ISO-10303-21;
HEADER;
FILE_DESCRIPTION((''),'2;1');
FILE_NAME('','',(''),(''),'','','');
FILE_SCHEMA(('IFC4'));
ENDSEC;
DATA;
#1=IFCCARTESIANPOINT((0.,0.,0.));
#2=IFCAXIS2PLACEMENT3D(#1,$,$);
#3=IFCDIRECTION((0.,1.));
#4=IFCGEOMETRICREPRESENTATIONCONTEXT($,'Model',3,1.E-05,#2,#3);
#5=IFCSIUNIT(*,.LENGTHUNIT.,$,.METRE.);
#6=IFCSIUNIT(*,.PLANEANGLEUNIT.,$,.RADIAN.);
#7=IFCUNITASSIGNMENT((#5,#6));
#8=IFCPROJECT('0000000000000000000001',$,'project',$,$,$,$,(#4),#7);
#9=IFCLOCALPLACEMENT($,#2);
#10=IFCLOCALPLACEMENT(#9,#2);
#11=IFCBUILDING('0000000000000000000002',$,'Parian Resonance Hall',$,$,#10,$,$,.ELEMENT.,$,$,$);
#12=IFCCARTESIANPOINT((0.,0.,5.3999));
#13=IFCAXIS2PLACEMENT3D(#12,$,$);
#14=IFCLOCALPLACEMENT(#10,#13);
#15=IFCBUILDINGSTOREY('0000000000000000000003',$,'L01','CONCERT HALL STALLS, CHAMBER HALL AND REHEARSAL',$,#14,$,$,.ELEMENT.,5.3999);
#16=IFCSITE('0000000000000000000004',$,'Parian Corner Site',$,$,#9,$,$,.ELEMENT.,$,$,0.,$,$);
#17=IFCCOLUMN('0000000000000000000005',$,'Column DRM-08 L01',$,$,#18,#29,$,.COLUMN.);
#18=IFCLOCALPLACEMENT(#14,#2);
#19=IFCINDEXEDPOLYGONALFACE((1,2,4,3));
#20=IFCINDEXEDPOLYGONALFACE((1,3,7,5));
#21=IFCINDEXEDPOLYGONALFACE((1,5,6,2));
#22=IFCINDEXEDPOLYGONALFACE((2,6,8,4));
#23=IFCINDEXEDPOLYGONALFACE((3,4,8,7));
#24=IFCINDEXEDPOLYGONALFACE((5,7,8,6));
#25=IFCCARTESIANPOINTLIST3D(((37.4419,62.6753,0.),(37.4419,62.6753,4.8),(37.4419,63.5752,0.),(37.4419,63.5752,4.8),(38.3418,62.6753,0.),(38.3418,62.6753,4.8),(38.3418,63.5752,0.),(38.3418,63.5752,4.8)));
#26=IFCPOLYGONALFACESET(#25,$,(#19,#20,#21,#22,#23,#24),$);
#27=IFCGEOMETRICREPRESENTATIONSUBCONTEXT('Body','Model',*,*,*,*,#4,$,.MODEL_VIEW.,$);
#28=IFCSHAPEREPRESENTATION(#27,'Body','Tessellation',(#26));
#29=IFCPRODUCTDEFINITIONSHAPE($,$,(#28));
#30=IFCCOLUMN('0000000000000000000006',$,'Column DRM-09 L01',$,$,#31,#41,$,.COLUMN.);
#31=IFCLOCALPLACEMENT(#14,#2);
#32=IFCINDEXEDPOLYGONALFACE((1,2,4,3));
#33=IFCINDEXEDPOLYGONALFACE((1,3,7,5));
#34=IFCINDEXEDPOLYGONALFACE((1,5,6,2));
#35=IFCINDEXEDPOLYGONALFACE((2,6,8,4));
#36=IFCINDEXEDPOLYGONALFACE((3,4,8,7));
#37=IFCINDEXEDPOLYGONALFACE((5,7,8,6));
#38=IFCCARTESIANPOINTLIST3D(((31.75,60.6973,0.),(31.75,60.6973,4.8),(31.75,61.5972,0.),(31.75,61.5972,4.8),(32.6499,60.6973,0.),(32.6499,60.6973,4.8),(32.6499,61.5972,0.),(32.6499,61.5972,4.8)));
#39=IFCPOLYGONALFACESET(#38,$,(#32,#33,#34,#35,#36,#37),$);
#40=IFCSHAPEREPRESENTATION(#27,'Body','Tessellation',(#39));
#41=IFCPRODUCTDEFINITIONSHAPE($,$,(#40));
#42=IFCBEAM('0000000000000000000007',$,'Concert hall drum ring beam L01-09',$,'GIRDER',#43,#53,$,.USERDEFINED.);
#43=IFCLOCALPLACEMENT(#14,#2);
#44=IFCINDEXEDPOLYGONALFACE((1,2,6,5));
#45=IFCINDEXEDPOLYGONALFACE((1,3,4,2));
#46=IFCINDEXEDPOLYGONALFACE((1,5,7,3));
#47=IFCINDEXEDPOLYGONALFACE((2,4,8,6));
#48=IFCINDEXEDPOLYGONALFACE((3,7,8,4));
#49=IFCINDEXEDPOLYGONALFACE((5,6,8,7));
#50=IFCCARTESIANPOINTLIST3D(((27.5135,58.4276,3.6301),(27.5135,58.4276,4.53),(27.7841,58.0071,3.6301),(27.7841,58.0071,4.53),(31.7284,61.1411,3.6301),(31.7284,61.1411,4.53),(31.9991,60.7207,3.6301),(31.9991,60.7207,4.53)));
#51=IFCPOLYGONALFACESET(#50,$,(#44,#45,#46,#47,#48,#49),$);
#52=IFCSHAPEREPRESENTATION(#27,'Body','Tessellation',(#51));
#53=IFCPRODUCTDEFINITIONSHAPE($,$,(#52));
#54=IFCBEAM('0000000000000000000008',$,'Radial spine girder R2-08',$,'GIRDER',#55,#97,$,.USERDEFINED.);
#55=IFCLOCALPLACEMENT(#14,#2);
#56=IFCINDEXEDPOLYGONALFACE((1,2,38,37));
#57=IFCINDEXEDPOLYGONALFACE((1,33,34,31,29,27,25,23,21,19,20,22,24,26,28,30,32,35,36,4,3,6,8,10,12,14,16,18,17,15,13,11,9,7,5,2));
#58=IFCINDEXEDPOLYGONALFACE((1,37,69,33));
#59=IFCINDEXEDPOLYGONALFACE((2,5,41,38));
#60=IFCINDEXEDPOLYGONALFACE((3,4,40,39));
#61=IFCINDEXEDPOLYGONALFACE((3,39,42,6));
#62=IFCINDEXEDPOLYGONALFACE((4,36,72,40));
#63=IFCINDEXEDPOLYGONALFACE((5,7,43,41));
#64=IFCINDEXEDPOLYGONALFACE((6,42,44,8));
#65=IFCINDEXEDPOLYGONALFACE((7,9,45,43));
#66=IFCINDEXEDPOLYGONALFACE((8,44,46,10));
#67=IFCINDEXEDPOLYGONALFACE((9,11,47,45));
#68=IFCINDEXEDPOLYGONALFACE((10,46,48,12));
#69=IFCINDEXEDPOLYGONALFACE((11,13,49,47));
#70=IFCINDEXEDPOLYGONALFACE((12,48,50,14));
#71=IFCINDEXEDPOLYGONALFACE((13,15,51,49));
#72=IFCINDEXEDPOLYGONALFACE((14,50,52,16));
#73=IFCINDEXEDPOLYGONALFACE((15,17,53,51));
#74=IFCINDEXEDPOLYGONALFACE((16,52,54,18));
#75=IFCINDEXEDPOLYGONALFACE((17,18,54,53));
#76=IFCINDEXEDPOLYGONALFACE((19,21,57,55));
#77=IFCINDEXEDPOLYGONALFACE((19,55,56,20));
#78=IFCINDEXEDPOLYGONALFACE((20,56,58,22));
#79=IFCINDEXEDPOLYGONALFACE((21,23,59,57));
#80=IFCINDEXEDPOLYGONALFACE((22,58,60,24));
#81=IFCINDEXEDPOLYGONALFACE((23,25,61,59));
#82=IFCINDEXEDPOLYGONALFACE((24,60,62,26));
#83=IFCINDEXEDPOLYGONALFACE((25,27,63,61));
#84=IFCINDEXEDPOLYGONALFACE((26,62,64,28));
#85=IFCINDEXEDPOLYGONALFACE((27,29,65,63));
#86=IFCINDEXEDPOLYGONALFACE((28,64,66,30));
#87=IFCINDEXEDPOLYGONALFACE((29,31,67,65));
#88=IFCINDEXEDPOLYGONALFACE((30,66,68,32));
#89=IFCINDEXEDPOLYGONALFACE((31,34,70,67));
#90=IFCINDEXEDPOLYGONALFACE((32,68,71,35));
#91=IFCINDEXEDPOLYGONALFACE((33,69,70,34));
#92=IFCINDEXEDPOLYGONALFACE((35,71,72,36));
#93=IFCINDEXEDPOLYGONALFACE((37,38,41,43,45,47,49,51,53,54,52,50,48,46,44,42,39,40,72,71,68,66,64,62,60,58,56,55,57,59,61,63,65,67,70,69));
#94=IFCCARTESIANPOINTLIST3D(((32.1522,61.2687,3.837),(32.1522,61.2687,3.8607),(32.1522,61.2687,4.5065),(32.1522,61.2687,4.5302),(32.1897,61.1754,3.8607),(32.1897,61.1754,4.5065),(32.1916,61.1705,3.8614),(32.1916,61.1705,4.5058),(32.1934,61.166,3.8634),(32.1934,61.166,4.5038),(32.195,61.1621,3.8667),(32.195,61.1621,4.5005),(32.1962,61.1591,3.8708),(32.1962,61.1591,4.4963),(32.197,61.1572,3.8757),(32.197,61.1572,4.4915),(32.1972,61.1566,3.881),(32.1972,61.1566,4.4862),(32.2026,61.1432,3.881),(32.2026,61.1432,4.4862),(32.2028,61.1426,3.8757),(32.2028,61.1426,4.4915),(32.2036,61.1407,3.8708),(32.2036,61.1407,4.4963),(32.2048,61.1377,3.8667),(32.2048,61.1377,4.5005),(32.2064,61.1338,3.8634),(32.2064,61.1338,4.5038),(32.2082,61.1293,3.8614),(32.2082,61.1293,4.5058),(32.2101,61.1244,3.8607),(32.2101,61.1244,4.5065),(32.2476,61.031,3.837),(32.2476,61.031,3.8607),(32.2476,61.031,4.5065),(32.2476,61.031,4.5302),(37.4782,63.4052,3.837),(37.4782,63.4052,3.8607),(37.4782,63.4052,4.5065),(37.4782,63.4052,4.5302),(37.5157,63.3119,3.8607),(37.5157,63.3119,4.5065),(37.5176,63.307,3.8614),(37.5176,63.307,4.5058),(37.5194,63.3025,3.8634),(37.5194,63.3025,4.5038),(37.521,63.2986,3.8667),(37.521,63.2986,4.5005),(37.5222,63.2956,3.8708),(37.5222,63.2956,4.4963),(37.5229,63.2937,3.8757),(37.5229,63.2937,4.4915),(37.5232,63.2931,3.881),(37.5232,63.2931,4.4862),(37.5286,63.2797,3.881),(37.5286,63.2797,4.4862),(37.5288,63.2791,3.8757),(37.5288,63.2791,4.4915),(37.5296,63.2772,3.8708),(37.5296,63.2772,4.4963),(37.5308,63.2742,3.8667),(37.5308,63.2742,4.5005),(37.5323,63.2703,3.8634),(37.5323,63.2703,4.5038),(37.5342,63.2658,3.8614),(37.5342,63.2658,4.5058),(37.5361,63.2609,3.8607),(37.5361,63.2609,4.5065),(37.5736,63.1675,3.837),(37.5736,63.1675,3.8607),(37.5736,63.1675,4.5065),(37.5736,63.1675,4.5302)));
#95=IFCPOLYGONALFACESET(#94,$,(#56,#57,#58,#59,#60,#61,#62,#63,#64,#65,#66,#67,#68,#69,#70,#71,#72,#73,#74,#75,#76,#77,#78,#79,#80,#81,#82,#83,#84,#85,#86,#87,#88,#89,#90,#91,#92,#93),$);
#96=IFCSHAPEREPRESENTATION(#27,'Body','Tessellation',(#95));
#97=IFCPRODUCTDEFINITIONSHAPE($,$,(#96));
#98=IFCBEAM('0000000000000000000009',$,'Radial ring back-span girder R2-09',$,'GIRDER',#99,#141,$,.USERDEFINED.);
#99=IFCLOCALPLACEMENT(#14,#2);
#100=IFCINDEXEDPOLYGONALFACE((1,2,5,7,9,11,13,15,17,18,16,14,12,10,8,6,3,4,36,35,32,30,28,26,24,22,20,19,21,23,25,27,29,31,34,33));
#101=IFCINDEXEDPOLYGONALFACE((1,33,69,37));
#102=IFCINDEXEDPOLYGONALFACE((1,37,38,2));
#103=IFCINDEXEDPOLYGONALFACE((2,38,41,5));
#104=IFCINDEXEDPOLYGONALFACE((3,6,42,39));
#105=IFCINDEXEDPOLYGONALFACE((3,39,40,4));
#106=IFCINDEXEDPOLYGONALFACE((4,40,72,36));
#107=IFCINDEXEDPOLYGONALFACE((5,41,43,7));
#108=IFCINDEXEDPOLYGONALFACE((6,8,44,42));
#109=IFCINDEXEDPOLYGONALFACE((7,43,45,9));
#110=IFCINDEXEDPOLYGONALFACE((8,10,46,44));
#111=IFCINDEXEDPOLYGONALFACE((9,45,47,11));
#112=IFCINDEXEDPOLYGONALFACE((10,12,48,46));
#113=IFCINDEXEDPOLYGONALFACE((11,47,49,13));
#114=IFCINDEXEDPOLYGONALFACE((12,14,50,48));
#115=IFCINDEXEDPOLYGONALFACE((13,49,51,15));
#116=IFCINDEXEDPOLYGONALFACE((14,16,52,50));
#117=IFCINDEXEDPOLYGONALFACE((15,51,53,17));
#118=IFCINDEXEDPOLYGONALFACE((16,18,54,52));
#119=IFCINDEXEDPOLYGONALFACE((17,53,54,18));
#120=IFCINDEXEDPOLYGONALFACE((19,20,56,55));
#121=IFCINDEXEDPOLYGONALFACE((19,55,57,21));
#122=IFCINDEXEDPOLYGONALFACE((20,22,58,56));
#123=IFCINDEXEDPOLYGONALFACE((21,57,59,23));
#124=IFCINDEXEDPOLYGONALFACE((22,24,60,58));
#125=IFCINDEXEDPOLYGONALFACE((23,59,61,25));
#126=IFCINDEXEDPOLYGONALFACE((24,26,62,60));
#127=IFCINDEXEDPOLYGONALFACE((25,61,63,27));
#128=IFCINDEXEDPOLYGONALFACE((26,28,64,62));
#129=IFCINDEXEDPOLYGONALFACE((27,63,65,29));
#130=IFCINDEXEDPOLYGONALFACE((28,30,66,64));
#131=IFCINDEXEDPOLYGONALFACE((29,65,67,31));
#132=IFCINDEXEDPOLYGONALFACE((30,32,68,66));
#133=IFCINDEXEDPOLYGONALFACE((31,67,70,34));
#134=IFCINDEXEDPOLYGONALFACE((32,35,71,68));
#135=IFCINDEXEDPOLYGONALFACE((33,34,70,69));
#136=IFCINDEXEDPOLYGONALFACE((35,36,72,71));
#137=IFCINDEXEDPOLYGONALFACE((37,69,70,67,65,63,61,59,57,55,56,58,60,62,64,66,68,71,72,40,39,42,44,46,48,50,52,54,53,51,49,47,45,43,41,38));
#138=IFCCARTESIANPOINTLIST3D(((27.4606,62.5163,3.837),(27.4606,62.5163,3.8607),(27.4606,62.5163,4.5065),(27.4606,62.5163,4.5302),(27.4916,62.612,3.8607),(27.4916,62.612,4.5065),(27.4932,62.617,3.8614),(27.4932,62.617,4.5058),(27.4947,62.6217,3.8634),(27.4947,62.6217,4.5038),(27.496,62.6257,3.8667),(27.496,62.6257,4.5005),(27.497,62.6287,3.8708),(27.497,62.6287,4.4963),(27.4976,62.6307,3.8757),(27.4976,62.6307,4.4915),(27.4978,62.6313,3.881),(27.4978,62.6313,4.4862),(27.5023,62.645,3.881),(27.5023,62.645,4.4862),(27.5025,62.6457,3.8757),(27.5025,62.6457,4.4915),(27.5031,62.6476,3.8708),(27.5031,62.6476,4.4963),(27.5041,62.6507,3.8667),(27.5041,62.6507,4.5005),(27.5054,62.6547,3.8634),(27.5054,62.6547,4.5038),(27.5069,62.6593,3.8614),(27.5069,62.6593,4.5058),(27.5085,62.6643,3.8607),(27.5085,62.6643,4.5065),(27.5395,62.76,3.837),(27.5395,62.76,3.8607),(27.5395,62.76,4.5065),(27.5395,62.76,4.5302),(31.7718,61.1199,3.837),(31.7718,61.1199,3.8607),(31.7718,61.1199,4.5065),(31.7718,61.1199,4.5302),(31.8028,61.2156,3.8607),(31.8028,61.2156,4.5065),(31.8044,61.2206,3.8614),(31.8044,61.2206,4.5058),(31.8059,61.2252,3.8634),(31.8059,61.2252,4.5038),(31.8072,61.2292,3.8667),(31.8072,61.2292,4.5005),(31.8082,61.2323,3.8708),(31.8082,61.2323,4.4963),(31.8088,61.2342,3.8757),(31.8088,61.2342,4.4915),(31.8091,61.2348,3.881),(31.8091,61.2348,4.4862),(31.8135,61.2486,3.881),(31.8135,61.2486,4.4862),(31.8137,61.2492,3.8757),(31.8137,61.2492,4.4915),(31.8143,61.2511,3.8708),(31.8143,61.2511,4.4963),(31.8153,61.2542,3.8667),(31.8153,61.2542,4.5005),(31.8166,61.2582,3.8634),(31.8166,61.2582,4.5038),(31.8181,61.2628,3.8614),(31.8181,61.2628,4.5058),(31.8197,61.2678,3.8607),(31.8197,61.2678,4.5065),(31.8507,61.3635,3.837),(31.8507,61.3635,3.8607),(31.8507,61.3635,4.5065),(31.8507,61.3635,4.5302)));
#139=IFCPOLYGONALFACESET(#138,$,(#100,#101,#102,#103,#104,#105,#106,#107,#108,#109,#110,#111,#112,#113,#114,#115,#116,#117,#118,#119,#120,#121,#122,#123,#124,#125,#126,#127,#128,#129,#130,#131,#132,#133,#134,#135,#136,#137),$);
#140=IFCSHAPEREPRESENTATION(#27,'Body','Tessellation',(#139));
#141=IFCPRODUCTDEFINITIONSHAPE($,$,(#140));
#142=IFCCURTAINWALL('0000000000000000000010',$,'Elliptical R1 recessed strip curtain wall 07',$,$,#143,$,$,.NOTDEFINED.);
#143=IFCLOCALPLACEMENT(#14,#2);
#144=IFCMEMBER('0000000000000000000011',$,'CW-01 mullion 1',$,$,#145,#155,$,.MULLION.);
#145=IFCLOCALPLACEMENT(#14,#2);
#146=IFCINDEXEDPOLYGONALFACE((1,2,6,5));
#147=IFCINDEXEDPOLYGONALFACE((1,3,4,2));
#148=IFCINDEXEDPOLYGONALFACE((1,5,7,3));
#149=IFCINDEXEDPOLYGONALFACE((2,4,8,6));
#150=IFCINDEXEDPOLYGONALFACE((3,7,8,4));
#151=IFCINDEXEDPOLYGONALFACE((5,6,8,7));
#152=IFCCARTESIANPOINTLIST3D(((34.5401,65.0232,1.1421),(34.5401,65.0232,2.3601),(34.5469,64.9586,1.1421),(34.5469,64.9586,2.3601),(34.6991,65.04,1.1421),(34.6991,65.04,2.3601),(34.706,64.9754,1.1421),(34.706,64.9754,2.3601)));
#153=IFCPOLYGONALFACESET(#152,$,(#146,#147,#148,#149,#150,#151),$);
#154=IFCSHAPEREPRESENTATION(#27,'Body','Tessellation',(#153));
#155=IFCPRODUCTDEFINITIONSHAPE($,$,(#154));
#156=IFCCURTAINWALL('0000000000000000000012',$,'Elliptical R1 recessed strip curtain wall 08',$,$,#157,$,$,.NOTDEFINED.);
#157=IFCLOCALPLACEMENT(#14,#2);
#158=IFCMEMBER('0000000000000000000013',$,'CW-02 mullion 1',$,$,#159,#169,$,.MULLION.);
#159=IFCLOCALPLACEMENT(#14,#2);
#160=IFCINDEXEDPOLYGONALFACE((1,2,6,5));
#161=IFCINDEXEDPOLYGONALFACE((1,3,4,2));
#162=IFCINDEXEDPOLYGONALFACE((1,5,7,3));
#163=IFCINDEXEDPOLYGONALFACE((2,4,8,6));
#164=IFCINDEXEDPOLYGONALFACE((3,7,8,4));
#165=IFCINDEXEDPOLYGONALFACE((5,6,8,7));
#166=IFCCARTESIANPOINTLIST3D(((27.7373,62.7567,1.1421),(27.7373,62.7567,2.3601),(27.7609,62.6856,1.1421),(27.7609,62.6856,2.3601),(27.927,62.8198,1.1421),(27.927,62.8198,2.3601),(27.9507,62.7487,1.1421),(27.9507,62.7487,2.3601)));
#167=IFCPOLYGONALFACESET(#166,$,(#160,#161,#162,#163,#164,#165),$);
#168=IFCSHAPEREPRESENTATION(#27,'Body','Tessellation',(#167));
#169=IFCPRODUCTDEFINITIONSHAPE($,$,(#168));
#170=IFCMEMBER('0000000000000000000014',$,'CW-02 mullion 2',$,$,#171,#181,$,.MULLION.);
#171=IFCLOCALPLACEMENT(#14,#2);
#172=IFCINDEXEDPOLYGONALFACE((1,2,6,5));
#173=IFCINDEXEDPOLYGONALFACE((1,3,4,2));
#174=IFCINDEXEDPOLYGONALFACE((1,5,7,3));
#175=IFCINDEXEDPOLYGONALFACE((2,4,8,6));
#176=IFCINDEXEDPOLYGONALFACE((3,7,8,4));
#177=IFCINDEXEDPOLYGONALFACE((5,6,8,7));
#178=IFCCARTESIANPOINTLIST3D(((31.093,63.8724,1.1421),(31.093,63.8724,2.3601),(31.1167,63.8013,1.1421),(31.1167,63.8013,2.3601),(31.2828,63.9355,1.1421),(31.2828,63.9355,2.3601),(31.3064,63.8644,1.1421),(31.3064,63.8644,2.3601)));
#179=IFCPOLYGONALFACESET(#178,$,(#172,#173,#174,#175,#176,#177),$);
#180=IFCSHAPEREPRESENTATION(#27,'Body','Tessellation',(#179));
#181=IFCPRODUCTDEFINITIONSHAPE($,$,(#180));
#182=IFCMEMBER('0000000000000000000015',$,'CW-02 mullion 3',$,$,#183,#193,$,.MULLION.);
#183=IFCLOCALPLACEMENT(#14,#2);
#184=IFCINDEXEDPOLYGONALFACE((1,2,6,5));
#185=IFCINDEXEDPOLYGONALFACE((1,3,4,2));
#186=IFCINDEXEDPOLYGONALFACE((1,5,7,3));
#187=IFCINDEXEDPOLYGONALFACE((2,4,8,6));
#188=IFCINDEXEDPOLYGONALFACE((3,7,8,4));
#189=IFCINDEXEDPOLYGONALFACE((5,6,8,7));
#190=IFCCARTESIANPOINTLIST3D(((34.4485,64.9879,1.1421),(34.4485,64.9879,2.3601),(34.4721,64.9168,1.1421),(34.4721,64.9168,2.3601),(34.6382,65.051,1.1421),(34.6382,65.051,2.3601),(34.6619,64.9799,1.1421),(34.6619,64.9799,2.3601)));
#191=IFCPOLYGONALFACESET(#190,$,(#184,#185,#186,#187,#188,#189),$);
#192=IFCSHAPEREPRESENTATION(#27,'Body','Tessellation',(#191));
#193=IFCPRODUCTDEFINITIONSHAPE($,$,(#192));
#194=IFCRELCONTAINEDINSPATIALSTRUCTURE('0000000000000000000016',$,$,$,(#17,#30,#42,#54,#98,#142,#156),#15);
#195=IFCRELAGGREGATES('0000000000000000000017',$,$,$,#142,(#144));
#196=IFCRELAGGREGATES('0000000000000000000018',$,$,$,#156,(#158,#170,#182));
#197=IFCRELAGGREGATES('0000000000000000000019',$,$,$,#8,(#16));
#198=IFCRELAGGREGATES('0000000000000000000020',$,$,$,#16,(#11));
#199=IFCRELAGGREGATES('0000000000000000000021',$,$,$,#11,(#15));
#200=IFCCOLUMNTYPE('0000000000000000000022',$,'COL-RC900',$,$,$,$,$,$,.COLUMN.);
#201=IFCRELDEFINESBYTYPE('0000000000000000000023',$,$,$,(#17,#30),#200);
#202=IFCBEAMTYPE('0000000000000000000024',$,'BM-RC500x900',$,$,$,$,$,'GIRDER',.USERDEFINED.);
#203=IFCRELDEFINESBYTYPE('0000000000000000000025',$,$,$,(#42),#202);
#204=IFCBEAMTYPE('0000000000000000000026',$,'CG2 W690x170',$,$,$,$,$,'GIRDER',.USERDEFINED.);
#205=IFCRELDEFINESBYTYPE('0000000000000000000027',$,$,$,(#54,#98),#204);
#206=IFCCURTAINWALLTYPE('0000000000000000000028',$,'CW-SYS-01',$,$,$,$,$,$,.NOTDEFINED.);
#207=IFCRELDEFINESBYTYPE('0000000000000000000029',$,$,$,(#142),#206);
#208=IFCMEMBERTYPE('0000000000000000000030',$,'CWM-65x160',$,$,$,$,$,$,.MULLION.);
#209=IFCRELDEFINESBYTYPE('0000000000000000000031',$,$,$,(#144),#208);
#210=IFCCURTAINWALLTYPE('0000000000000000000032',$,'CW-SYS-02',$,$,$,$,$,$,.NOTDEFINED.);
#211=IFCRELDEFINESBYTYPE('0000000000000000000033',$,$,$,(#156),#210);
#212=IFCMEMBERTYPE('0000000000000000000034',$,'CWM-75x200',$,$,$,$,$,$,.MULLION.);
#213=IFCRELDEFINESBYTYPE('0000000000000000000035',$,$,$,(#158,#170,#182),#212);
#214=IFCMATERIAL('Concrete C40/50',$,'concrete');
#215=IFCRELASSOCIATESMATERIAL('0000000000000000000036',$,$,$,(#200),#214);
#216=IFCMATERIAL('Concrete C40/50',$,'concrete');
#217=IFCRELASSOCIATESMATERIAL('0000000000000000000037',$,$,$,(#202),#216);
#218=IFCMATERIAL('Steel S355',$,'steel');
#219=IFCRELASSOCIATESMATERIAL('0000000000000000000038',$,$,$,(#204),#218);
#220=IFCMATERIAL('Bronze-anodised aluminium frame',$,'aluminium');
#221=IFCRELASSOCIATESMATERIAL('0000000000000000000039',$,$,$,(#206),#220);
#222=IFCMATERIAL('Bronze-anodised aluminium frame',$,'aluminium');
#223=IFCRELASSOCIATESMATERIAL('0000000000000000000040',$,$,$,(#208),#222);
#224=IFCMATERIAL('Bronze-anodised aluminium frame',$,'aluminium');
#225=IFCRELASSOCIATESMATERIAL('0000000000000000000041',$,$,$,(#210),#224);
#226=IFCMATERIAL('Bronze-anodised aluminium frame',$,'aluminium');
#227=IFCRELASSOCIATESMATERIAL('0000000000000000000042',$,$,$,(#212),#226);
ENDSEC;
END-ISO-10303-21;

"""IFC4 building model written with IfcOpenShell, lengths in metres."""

from ifc_helpers import new_model, si_unit, direction, frame, origin, origin_2d, place, context, subcontext, project, spatial, rectangle, i_section, extrude, material, material_profile, profile_set, type_object, element, aggregate, save


model = new_model("IFC4")

# Units and contexts
model_context = context("Model", 3, precision=1e-05, world=origin(), true_north=direction((0.0, 1.0)))
body_context = subcontext(model_context, "Body", "Model", "MODEL_VIEW")
ifc_project = project(units=[si_unit("LENGTHUNIT", "METRE"), si_unit("PLANEANGLEUNIT", "RADIAN")], contexts=[model_context])

# Site, building, storey
site_placement = place(None, origin())
site = spatial("IfcSite", under=ifc_project, at=site_placement, Name="Parian Corner Site", CompositionType="ELEMENT", RefElevation=0.0)
building_placement = place(site_placement, origin())
building = spatial("IfcBuilding", under=site, at=building_placement, Name="Parian Resonance Hall", CompositionType="ELEMENT")
storey_placement = place(building_placement, frame((0.0, 0.0, 5.3999)))
storey = spatial("IfcBuildingStorey", under=building, at=storey_placement, Name="L01", Description="CONCERT HALL STALLS, CHAMBER HALL AND REHEARSAL", CompositionType="ELEMENT", Elevation=5.3999)

# Columns
ifc_material_1 = material(Name="Concrete C40/50", Category="concrete")
ifc_material_profile_1 = material_profile(ifc_material_1, rectangle(XDim=0.8999, YDim=0.8999, at=origin_2d()), Name="RC-COL-900x900")
ifc_profile_set_1 = profile_set([ifc_material_profile_1], Name="Concrete C40/50")
column_type = type_object("IfcColumnType", Name="COL-RC900", PredefinedType="COLUMN", material=ifc_profile_set_1)
for number, where, z_axis, x_axis, name in (
    (1, (37.8918, 63.1252, 0.0), (0.0, 0.0, 1.0), (1.0, 0.0, 0.0), "Column DRM-08 L01"),
    (2, (32.2, 61.1472, 0.0), (0.0, 0.0, 1.0), (1.0, 0.0, 0.0), "Column DRM-09 L01"),
):
    element("IfcColumn", number, at=place(storey_placement, frame(where, z_axis=z_axis, x_axis=x_axis)), inside=storey, type_object=column_type, Name=name, PredefinedType="COLUMN", context=body_context, shape_type="SweptSolid", body=[
        extrude(rectangle(XDim=0.8999, YDim=0.8999, at=origin_2d()), origin(), (0.0, 0.0, 1.0), 4.8),
    ])

# Beams
ifc_material_2 = material(Name="Concrete C40/50", Category="concrete")
ifc_material_profile_2 = material_profile(ifc_material_2, rectangle(XDim=0.5, YDim=0.8999, at=origin_2d()), Name="RC-BM-500x900")
ifc_profile_set_2 = profile_set([ifc_material_profile_2], Name="Concrete C40/50")
beam_type_1 = type_object("IfcBeamType", Name="BM-RC500x900", ElementType="GIRDER", PredefinedType="USERDEFINED", material=ifc_profile_set_2)
beam_1_placement = place(storey_placement, frame((31.8638, 60.9309, 4.0801), z_axis=(-0.840822, -0.541311, 0.0), x_axis=(0.541311, -0.840822, 0.0)))
element("IfcBeam", 3, at=beam_1_placement, inside=storey, type_object=beam_type_1, Name="Concert hall drum ring beam L01-09", ObjectType="GIRDER", PredefinedType="USERDEFINED", context=body_context, shape_type="SweptSolid", body=[
    extrude(rectangle(XDim=0.5, YDim=0.8999, at=origin_2d()), origin(), (0.0, 0.0, 1.0), 5.0129),
])
ifc_material_3 = material(Name="Steel S355", Category="steel")
ifc_material_profile_3 = material_profile(ifc_material_3, i_section(OverallWidth=0.2561, OverallDepth=0.6931, WebThickness=0.0144, FlangeThickness=0.0237, FilletRadius=0.0203, at=origin_2d()), Name="W690x170")
ifc_profile_set_3 = profile_set([ifc_material_profile_3], Name="Steel S355")
beam_type_2 = type_object("IfcBeamType", Name="CG2 W690x170", ElementType="GIRDER", PredefinedType="USERDEFINED", material=ifc_profile_set_3)
beam_2_placement = place(storey_placement, frame((37.5259, 63.2864, 4.1836), z_axis=(-0.928109, -0.372307, 0.0), x_axis=(0.372307, -0.928109, 0.0)))
element("IfcBeam", 4, at=beam_2_placement, inside=storey, type_object=beam_type_2, Name="Radial spine girder R2-08", ObjectType="GIRDER", PredefinedType="USERDEFINED", context=body_context, shape_type="SweptSolid", body=[
    extrude(i_section(OverallWidth=0.2561, OverallDepth=0.6931, WebThickness=0.0144, FlangeThickness=0.0237, FilletRadius=0.0203, at=origin_2d()), origin(), (0.0, 0.0, 1.0), 5.7385),
])
beam_3_placement = place(storey_placement, frame((31.8113, 61.2417, 4.1836), z_axis=(-0.951337, 0.308152, 0.0), x_axis=(-0.308152, -0.951337, 0.0)))
element("IfcBeam", 5, at=beam_3_placement, inside=storey, type_object=beam_type_2, Name="Radial ring back-span girder R2-09", ObjectType="GIRDER", PredefinedType="USERDEFINED", context=body_context, shape_type="SweptSolid", body=[
    extrude(i_section(OverallWidth=0.2561, OverallDepth=0.6931, WebThickness=0.0144, FlangeThickness=0.0237, FilletRadius=0.0203, at=origin_2d()), origin(), (0.0, 0.0, 1.0), 4.5317),
])

# Curtain wall, member
ifc_material_4 = material(Name="Bronze-anodised aluminium frame", Category="aluminium")
curtain_wall_type_1 = type_object("IfcCurtainWallType", Name="CW-SYS-01", PredefinedType="NOTDEFINED", material=ifc_material_4)
curtain_wall_1_placement = place(storey_placement, origin())
curtain_wall_1 = element("IfcCurtainWall", 6, at=curtain_wall_1_placement, inside=storey, type_object=curtain_wall_type_1, Name="Elliptical R1 recessed strip curtain wall 07", PredefinedType="NOTDEFINED")
ifc_material_5 = material(Name="Bronze-anodised aluminium frame", Category="aluminium")
ifc_material_profile_4 = material_profile(ifc_material_5, rectangle(XDim=0.0649, YDim=0.1599, at=origin_2d()), Name="CWM-65x160")
ifc_profile_set_4 = profile_set([ifc_material_profile_4], Name="Bronze-anodised aluminium frame")
member_type_1 = type_object("IfcMemberType", Name="CWM-65x160", PredefinedType="MULLION", material=ifc_profile_set_4)
member_1_placement = place(storey_placement, frame((34.623, 64.9993, 1.1421), z_axis=(0.0, 0.0, 1.0), x_axis=(-0.105101, 0.994462, 0.0)))
member_1 = element("IfcMember", 7, at=member_1_placement, type_object=member_type_1, Name="CW-01 mullion 1", PredefinedType="MULLION", context=body_context, shape_type="SweptSolid", body=[
    extrude(rectangle(XDim=0.0649, YDim=0.1599, at=origin_2d()), origin(), (0.0, 0.0, 1.0), 1.218),
])
aggregate(curtain_wall_1, [member_1])

# Curtain wall, members
ifc_material_6 = material(Name="Bronze-anodised aluminium frame", Category="aluminium")
curtain_wall_type_2 = type_object("IfcCurtainWallType", Name="CW-SYS-02", PredefinedType="NOTDEFINED", material=ifc_material_6)
curtain_wall_2_placement = place(storey_placement, origin())
curtain_wall_2 = element("IfcCurtainWall", 8, at=curtain_wall_2_placement, inside=storey, type_object=curtain_wall_type_2, Name="Elliptical R1 recessed strip curtain wall 08", PredefinedType="NOTDEFINED")
ifc_material_7 = material(Name="Bronze-anodised aluminium frame", Category="aluminium")
ifc_material_profile_5 = material_profile(ifc_material_7, rectangle(XDim=0.075, YDim=0.2, at=origin_2d()), Name="CWM-75x200")
ifc_profile_set_5 = profile_set([ifc_material_profile_5], Name="Bronze-anodised aluminium frame")
member_type_2 = type_object("IfcMemberType", Name="CWM-75x200", PredefinedType="MULLION", material=ifc_profile_set_5)
member_2_placement = place(storey_placement, frame((27.844, 62.7527, 1.1421), z_axis=(0.0, 0.0, 1.0), x_axis=(-0.315506, 0.948924, 0.0)))
member_2 = element("IfcMember", 9, at=member_2_placement, type_object=member_type_2, Name="CW-02 mullion 1", PredefinedType="MULLION", context=body_context, shape_type="SweptSolid", body=[
    extrude(rectangle(XDim=0.075, YDim=0.2, at=origin_2d()), origin(), (0.0, 0.0, 1.0), 1.218),
])
member_3_placement = place(storey_placement, frame((31.1997, 63.8684, 1.1421), z_axis=(0.0, 0.0, 1.0), x_axis=(-0.315506, 0.948924, 0.0)))
member_3 = element("IfcMember", 10, at=member_3_placement, type_object=member_type_2, Name="CW-02 mullion 2", PredefinedType="MULLION", context=body_context, shape_type="SweptSolid", body=[
    extrude(rectangle(XDim=0.075, YDim=0.2, at=origin_2d()), origin(), (0.0, 0.0, 1.0), 1.218),
])
member_4_placement = place(storey_placement, frame((34.5552, 64.9839, 1.1421), z_axis=(0.0, 0.0, 1.0), x_axis=(-0.315506, 0.948924, 0.0)))
member_4 = element("IfcMember", 11, at=member_4_placement, type_object=member_type_2, Name="CW-02 mullion 3", PredefinedType="MULLION", context=body_context, shape_type="SweptSolid", body=[
    extrude(rectangle(XDim=0.075, YDim=0.2, at=origin_2d()), origin(), (0.0, 0.0, 1.0), 1.218),
])
aggregate(curtain_wall_2, [member_2, member_3, member_4])

save(model, "model.ifc")
